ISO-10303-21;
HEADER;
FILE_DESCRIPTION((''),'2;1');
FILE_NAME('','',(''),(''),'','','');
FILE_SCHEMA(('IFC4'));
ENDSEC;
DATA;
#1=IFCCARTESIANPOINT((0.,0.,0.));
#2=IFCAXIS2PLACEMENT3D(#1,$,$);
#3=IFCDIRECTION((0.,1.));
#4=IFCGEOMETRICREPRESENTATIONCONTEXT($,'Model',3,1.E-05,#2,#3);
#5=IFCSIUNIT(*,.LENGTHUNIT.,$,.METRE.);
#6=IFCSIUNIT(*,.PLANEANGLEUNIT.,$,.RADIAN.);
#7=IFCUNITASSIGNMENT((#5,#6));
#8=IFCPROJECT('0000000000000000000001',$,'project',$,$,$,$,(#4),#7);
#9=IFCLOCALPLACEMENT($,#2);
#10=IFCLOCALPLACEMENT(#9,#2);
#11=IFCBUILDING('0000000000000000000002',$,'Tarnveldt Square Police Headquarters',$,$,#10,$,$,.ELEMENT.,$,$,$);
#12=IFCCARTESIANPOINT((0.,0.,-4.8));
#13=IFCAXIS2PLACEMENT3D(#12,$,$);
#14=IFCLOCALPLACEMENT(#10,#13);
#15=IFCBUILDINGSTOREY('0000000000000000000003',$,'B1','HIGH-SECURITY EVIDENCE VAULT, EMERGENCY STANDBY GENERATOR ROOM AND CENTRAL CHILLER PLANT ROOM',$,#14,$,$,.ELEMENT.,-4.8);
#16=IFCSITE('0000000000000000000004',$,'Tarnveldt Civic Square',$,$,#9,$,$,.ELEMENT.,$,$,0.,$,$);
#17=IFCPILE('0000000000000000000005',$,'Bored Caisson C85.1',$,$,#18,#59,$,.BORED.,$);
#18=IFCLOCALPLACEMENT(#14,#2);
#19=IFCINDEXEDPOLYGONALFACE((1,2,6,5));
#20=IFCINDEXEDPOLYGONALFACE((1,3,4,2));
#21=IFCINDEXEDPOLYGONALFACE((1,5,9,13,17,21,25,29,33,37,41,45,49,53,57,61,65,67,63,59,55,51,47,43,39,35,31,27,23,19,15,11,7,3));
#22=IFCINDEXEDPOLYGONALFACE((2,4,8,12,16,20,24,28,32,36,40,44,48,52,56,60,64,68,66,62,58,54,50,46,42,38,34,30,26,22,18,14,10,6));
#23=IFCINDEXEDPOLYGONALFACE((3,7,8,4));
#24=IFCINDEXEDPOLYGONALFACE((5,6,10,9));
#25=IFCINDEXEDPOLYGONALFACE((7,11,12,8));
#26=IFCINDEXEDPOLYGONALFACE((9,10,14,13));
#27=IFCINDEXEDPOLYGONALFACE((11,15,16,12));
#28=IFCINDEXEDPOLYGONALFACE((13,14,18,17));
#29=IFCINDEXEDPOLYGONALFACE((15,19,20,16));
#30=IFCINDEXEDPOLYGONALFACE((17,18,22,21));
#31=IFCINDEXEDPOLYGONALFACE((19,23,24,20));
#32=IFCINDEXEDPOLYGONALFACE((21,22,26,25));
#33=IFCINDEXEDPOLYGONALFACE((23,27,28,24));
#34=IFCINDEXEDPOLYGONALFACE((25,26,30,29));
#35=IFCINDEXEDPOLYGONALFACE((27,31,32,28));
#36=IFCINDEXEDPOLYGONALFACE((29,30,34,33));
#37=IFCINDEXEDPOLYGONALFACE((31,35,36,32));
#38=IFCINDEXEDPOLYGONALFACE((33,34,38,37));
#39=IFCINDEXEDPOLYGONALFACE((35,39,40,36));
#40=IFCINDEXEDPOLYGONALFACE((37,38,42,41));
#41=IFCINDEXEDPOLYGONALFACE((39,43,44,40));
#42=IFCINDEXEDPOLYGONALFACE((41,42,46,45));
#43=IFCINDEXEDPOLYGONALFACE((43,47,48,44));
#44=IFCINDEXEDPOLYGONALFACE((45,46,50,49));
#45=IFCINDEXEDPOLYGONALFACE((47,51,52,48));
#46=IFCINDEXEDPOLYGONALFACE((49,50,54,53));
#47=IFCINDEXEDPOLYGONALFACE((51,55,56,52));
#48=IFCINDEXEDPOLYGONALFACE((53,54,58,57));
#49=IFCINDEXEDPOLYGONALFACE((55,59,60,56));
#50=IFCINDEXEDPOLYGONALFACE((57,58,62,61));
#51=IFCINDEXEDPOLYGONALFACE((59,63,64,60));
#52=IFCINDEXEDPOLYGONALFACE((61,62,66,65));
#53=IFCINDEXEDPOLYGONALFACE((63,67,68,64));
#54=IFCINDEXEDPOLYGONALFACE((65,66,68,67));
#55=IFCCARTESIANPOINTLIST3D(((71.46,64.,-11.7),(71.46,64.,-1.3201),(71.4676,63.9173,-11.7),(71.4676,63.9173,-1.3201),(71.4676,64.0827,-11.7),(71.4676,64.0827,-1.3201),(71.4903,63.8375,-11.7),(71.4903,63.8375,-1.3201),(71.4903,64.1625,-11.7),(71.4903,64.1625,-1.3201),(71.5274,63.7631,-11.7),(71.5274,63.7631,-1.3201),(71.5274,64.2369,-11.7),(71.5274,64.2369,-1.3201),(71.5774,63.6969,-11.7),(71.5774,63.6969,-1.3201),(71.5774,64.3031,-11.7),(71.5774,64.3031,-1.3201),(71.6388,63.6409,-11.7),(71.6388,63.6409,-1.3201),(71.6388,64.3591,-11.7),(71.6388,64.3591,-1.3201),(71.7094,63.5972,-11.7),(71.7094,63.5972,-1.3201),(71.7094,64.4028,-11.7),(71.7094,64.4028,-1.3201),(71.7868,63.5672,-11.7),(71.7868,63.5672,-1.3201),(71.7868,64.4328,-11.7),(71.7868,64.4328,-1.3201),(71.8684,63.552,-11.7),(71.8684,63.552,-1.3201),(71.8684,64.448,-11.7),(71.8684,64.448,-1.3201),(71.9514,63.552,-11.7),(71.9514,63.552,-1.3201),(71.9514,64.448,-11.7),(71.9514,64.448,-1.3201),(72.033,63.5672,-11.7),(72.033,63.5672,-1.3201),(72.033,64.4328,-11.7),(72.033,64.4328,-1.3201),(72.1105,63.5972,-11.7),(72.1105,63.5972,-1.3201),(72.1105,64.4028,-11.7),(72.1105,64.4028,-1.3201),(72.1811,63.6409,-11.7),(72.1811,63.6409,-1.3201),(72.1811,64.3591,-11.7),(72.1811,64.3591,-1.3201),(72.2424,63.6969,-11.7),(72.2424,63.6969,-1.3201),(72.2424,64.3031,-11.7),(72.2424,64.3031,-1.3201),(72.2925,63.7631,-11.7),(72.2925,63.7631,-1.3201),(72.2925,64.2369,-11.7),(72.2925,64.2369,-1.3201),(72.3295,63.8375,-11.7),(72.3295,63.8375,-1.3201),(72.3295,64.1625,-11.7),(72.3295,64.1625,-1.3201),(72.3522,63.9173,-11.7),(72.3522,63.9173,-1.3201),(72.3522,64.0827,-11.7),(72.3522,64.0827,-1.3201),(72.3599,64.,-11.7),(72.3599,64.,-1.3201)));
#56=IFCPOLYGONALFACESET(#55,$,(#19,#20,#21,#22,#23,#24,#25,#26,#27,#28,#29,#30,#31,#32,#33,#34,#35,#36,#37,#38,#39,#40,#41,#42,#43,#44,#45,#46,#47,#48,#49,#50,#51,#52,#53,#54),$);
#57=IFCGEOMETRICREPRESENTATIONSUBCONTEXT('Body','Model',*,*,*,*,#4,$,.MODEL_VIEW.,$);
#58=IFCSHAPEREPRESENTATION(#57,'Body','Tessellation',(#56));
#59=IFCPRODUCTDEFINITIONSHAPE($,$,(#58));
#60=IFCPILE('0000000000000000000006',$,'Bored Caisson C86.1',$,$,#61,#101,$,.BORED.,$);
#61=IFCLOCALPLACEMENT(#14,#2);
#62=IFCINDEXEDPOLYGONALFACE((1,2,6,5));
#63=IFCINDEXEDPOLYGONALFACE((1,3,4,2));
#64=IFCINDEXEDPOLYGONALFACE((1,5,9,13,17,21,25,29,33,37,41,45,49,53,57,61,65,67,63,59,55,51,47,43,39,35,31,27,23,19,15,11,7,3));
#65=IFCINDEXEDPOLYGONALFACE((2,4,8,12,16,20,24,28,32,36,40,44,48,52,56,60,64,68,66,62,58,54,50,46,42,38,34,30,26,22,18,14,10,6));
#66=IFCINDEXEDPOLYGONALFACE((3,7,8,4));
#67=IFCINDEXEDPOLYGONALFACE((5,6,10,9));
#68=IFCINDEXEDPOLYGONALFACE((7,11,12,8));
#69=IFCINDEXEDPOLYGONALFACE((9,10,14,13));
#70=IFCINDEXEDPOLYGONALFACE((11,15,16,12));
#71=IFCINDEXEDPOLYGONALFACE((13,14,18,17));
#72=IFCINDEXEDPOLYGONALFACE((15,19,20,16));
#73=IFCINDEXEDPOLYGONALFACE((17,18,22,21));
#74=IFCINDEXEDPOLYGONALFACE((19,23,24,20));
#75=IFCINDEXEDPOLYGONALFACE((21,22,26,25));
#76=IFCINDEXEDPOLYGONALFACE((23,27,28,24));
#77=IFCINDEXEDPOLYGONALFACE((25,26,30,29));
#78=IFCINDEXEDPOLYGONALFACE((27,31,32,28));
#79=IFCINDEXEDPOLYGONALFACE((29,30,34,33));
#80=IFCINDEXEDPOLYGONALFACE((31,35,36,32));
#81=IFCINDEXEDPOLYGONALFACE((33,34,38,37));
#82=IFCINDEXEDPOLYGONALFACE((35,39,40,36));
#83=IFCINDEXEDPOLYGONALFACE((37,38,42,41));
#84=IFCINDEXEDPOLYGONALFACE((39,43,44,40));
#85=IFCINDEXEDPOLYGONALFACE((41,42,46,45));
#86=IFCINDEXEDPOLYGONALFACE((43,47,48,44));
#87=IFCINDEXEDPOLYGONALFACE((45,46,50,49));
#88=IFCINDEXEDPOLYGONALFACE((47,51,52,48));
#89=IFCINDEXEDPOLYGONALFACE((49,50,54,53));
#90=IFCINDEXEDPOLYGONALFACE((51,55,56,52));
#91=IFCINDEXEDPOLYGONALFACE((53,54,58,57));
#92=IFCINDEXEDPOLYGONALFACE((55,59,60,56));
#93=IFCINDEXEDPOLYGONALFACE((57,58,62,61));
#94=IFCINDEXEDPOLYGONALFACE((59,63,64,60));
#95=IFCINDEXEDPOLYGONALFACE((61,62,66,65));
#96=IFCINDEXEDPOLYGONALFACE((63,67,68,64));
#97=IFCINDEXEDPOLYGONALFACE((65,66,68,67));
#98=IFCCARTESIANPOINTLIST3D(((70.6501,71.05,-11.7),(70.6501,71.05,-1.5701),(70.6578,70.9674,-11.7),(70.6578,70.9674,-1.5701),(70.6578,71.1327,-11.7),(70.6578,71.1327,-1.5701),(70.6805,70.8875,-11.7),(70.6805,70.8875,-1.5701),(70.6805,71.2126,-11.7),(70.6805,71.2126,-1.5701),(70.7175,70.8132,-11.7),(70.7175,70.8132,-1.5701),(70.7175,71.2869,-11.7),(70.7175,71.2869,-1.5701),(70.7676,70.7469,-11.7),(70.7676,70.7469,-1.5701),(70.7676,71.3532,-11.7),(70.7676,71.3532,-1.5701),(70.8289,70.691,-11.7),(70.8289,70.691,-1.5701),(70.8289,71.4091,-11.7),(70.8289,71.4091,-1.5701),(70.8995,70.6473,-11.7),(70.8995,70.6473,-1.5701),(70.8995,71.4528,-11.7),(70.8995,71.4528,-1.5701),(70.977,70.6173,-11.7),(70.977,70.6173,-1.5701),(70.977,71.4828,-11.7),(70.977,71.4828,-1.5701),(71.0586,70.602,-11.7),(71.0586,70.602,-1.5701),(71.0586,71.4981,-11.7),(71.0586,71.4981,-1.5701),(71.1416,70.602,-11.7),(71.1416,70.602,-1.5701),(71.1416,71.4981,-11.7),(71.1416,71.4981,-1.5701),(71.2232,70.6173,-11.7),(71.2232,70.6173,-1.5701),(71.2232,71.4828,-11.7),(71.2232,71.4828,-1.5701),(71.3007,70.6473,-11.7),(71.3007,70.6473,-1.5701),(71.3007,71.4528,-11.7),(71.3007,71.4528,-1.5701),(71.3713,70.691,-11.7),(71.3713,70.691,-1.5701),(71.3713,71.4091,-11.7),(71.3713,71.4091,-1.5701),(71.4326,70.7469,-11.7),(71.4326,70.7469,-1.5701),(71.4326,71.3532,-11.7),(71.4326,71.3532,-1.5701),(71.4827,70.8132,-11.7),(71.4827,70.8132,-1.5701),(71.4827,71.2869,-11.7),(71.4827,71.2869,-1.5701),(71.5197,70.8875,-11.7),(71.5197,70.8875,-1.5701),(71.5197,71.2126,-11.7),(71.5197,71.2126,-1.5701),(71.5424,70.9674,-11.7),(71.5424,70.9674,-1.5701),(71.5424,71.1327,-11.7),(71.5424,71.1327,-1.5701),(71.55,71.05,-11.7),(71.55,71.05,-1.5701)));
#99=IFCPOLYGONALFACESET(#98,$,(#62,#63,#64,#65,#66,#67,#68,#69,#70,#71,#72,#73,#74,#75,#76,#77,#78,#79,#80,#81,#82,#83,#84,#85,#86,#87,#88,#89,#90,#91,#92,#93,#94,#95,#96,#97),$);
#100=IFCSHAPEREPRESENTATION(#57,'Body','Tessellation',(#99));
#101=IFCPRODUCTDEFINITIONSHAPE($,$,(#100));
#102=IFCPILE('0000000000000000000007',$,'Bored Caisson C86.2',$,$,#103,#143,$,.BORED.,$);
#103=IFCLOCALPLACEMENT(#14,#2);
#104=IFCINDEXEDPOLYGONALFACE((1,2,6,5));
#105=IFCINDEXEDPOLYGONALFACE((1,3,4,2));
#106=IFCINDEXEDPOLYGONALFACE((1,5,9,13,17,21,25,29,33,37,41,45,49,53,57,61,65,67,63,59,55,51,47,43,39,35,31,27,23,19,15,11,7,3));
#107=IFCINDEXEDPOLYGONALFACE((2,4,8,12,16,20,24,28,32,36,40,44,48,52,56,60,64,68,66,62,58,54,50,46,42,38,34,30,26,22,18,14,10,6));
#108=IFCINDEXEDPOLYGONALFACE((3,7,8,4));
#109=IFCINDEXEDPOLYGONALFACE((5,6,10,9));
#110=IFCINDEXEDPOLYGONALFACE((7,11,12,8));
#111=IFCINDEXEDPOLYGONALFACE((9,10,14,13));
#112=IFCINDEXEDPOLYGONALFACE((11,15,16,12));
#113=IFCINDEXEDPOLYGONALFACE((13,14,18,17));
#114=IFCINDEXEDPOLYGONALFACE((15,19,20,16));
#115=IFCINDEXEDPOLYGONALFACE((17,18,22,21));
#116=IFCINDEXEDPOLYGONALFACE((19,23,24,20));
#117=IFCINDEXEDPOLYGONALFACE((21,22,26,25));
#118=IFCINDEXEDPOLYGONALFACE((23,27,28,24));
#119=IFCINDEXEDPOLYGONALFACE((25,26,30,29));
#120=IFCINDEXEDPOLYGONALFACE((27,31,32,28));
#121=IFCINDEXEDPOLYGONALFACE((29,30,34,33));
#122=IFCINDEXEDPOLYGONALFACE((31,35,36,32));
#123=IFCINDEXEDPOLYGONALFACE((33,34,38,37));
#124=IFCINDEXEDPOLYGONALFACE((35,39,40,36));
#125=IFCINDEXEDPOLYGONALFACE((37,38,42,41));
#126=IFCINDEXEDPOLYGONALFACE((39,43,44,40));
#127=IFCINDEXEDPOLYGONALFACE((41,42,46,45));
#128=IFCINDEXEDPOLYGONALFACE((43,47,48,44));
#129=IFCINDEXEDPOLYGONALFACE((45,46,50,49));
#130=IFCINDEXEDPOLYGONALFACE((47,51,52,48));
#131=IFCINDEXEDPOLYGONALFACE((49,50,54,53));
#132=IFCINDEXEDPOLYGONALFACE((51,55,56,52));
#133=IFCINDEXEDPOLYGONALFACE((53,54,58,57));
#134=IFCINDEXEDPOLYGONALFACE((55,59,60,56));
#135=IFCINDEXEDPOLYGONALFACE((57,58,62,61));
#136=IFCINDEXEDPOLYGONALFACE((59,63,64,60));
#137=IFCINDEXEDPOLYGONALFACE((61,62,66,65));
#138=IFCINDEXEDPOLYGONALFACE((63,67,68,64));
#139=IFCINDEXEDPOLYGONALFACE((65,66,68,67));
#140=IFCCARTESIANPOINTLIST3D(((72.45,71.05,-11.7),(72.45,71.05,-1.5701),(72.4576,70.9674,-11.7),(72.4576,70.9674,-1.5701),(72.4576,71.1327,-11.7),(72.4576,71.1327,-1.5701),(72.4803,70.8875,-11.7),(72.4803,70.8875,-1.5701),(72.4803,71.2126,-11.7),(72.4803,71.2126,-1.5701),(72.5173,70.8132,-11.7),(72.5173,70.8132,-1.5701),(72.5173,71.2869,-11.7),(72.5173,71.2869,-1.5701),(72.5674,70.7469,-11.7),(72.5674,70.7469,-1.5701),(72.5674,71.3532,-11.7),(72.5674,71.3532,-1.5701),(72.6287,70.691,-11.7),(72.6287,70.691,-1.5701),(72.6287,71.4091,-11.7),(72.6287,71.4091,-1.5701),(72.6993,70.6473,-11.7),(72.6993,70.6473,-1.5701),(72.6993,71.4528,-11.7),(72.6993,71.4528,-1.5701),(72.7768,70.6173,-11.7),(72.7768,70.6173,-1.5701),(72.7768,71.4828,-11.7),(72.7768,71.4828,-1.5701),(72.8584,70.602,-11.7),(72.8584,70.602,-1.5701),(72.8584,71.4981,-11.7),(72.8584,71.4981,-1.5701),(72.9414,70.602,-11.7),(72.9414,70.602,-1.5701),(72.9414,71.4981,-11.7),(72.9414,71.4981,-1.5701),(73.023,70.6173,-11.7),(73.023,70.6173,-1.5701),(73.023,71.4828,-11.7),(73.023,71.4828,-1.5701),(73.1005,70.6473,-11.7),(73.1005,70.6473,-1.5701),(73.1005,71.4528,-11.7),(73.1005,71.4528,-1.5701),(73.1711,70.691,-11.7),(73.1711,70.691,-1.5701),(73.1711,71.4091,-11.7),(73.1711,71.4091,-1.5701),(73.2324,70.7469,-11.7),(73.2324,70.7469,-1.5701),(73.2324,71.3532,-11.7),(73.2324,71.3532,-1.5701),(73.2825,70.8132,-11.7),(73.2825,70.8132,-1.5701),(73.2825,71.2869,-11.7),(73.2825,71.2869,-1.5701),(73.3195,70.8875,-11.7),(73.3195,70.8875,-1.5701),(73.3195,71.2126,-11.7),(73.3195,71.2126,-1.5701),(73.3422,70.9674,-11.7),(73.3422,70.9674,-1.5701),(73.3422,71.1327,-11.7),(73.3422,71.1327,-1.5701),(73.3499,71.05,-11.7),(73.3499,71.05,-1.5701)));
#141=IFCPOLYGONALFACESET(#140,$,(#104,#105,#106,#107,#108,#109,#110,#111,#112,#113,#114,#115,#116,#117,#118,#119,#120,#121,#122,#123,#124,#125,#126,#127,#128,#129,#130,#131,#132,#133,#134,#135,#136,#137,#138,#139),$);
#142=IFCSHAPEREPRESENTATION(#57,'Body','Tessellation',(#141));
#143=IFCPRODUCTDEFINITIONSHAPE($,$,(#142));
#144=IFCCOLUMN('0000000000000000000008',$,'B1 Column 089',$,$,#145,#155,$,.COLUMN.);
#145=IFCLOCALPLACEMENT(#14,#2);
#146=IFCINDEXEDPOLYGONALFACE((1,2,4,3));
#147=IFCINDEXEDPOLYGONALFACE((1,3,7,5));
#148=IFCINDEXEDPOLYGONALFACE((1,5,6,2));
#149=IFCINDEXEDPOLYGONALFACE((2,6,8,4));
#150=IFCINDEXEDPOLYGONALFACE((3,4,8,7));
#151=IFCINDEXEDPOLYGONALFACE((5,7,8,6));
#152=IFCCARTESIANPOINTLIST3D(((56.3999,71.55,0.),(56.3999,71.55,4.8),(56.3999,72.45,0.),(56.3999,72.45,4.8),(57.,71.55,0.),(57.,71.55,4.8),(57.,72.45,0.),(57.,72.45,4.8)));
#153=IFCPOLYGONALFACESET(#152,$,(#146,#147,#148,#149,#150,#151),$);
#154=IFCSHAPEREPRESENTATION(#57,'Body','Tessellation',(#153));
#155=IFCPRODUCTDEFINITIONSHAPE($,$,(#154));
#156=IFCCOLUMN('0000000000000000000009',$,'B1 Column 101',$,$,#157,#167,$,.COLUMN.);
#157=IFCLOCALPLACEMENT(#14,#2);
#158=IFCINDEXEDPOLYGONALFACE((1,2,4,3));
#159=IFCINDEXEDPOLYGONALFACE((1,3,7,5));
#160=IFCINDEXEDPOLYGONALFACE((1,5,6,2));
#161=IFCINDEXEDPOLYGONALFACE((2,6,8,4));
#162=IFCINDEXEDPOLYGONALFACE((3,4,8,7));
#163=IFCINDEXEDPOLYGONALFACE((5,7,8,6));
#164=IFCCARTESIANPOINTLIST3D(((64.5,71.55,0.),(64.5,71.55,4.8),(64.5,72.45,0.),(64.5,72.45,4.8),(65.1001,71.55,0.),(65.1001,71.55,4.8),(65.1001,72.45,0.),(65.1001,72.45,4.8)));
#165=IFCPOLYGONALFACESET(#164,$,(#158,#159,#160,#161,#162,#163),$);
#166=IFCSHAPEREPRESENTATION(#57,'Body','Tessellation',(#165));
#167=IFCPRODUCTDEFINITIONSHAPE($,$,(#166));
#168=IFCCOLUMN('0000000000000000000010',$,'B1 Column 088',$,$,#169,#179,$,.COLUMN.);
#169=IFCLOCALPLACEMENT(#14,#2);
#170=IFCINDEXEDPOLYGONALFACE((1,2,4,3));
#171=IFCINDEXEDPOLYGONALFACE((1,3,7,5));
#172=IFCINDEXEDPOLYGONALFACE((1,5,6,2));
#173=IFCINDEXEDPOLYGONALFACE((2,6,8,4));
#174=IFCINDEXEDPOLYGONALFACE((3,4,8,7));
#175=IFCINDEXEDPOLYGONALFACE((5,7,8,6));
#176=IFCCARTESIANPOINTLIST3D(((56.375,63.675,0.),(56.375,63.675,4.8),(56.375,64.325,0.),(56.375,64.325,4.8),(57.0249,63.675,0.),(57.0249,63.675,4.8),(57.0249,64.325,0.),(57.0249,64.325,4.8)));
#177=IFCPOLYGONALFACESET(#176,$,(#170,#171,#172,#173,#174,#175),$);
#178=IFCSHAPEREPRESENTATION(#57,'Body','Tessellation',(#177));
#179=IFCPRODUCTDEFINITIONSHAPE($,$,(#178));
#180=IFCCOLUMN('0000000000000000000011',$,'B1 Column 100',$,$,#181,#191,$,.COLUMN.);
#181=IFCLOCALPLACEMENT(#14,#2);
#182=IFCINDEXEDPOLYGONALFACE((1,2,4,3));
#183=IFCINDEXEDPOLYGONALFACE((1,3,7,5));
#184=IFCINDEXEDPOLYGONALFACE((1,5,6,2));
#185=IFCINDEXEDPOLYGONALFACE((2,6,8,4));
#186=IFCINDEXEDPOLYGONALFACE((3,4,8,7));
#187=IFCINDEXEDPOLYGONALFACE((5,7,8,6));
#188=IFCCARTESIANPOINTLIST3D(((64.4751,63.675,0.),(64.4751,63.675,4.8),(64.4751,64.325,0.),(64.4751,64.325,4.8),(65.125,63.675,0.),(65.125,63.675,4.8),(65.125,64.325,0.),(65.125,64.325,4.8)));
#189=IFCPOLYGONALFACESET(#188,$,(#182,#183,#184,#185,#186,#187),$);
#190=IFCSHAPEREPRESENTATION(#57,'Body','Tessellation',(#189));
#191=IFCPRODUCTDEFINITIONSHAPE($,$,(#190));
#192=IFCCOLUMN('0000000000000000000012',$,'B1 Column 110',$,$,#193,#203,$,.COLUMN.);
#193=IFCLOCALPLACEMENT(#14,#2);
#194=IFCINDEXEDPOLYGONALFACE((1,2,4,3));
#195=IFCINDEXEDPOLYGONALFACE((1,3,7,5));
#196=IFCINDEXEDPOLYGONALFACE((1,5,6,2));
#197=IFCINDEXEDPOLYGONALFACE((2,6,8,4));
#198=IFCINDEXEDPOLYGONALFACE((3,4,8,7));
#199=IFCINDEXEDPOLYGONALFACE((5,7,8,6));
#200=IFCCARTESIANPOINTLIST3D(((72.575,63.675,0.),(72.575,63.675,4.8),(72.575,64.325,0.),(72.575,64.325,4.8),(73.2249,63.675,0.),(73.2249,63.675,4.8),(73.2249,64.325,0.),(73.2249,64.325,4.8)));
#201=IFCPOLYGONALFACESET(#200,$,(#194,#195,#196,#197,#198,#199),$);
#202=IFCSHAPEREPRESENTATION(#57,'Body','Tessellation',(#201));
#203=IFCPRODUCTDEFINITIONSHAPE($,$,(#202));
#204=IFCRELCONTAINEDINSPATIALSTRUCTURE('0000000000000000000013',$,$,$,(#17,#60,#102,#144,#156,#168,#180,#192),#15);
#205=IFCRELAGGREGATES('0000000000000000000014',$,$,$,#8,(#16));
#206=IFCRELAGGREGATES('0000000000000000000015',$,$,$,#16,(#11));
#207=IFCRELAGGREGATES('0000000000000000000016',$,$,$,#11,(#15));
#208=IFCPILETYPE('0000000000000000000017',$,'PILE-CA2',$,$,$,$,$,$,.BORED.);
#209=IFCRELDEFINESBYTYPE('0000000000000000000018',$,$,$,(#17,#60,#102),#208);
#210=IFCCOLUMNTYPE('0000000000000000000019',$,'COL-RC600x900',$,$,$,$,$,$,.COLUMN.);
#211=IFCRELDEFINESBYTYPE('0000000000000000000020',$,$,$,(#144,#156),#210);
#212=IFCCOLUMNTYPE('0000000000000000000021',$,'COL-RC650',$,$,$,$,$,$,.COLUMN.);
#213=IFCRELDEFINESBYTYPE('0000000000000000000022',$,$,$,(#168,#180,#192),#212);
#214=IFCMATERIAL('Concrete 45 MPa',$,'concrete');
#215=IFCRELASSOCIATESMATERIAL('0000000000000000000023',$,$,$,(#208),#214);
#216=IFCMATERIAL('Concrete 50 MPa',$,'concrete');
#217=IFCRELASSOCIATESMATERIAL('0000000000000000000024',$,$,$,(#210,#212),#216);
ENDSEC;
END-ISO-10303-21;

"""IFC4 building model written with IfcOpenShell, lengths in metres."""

from ifc_helpers import new_model, si_unit, direction, frame, origin, origin_2d, place, context, subcontext, project, spatial, rectangle, circle, extrude, material, material_profile, profile_set, type_object, element, save


model = new_model("IFC4")

# Units and contexts
model_context = context("Model", 3, precision=1e-05, world=origin(), true_north=direction((0.0, 1.0)))
body_context = subcontext(model_context, "Body", "Model", "MODEL_VIEW")
ifc_project = project(units=[si_unit("LENGTHUNIT", "METRE"), si_unit("PLANEANGLEUNIT", "RADIAN")], contexts=[model_context])

# Site, building, storey
site_placement = place(None, origin())
site = spatial("IfcSite", under=ifc_project, at=site_placement, Name="Tarnveldt Civic Square", CompositionType="ELEMENT", RefElevation=0.0)
building_placement = place(site_placement, origin())
building = spatial("IfcBuilding", under=site, at=building_placement, Name="Tarnveldt Square Police Headquarters", CompositionType="ELEMENT")
storey_placement = place(building_placement, frame((0.0, 0.0, -4.8)))
storey = spatial("IfcBuildingStorey", under=building, at=storey_placement, Name="B1", Description="HIGH-SECURITY EVIDENCE VAULT, EMERGENCY STANDBY GENERATOR ROOM AND CENTRAL CHILLER PLANT ROOM", CompositionType="ELEMENT", Elevation=-4.8)

# Shared definitions
ifc_material_1 = material(Name="Concrete 45 MPa", Category="concrete")

# Piles
ifc_material_profile_1 = material_profile(ifc_material_1, circle(Radius=0.45, at=origin_2d()), Name="CAISSON-D900")
ifc_profile_set_1 = profile_set([ifc_material_profile_1], Name="Concrete 45 MPa")
pile_type = type_object("IfcPileType", Name="PILE-CA2", PredefinedType="BORED", material=ifc_profile_set_1)
pile_1_placement = place(storey_placement, frame((71.9099, 64.0, -1.3201), z_axis=(0.0, 0.0, -1.0), x_axis=(1.0, 0.0, 0.0)))
element("IfcPile", 1, at=pile_1_placement, inside=storey, type_object=pile_type, Name="Bored Caisson C85.1", PredefinedType="BORED", context=body_context, shape_type="SweptSolid", body=[
    extrude(circle(Radius=0.45, at=origin_2d()), origin(), (0.0, 0.0, 1.0), 10.3799),
])
for number, where, z_axis, x_axis, name in (
    (2, (71.1001, 71.05, -1.5701), (0.0, 0.0, -1.0), (1.0, 0.0, 0.0), "Bored Caisson C86.1"),
    (3, (72.8999, 71.05, -1.5701), (0.0, 0.0, -1.0), (1.0, 0.0, 0.0), "Bored Caisson C86.2"),
):
    element("IfcPile", number, at=place(storey_placement, frame(where, z_axis=z_axis, x_axis=x_axis)), inside=storey, type_object=pile_type, Name=name, PredefinedType="BORED", context=body_context, shape_type="SweptSolid", body=[
        extrude(circle(Radius=0.45, at=origin_2d()), origin(), (0.0, 0.0, 1.0), 10.1299),
    ])

# Columns
ifc_material_2 = material(Name="Concrete 50 MPa", Category="concrete")
ifc_material_profile_2 = material_profile(ifc_material_2, rectangle(XDim=0.6001, YDim=0.8999, at=origin_2d()), Name="RC-C600x900")
ifc_profile_set_2 = profile_set([ifc_material_profile_2], Name="Concrete 50 MPa")
column_type_1 = type_object("IfcColumnType", Name="COL-RC600x900", PredefinedType="COLUMN", material=ifc_profile_set_2)
for number, where, z_axis, x_axis, name in (
    (4, (56.7, 72.0, 0.0), (0.0, 0.0, 1.0), (1.0, 0.0, 0.0), "B1 Column 089"),
    (5, (64.8, 72.0, 0.0), (0.0, 0.0, 1.0), (1.0, 0.0, 0.0), "B1 Column 101"),
):
    element("IfcColumn", number, at=place(storey_placement, frame(where, z_axis=z_axis, x_axis=x_axis)), inside=storey, type_object=column_type_1, Name=name, PredefinedType="COLUMN", context=body_context, shape_type="SweptSolid", body=[
        extrude(rectangle(XDim=0.6001, YDim=0.8999, at=origin_2d()), origin(), (0.0, 0.0, 1.0), 4.8),
    ])
ifc_material_profile_3 = material_profile(ifc_material_2, rectangle(XDim=0.6499, YDim=0.6499, at=origin_2d()), Name="RC-C650x650")
ifc_profile_set_3 = profile_set([ifc_material_profile_3], Name="Concrete 50 MPa")
column_type_2 = type_object("IfcColumnType", Name="COL-RC650", PredefinedType="COLUMN", material=ifc_profile_set_3)
for number, where, z_axis, x_axis, name in (
    (6, (56.7, 64.0, 0.0), (0.0, 0.0, 1.0), (1.0, 0.0, 0.0), "B1 Column 088"),
    (7, (64.8, 64.0, 0.0), (0.0, 0.0, 1.0), (1.0, 0.0, 0.0), "B1 Column 100"),
    (8, (72.8999, 64.0, 0.0), (0.0, 0.0, 1.0), (1.0, 0.0, 0.0), "B1 Column 110"),
):
    element("IfcColumn", number, at=place(storey_placement, frame(where, z_axis=z_axis, x_axis=x_axis)), inside=storey, type_object=column_type_2, Name=name, PredefinedType="COLUMN", context=body_context, shape_type="SweptSolid", body=[
        extrude(rectangle(XDim=0.6499, YDim=0.6499, at=origin_2d()), origin(), (0.0, 0.0, 1.0), 4.8),
    ])

save(model, "model.ifc")
